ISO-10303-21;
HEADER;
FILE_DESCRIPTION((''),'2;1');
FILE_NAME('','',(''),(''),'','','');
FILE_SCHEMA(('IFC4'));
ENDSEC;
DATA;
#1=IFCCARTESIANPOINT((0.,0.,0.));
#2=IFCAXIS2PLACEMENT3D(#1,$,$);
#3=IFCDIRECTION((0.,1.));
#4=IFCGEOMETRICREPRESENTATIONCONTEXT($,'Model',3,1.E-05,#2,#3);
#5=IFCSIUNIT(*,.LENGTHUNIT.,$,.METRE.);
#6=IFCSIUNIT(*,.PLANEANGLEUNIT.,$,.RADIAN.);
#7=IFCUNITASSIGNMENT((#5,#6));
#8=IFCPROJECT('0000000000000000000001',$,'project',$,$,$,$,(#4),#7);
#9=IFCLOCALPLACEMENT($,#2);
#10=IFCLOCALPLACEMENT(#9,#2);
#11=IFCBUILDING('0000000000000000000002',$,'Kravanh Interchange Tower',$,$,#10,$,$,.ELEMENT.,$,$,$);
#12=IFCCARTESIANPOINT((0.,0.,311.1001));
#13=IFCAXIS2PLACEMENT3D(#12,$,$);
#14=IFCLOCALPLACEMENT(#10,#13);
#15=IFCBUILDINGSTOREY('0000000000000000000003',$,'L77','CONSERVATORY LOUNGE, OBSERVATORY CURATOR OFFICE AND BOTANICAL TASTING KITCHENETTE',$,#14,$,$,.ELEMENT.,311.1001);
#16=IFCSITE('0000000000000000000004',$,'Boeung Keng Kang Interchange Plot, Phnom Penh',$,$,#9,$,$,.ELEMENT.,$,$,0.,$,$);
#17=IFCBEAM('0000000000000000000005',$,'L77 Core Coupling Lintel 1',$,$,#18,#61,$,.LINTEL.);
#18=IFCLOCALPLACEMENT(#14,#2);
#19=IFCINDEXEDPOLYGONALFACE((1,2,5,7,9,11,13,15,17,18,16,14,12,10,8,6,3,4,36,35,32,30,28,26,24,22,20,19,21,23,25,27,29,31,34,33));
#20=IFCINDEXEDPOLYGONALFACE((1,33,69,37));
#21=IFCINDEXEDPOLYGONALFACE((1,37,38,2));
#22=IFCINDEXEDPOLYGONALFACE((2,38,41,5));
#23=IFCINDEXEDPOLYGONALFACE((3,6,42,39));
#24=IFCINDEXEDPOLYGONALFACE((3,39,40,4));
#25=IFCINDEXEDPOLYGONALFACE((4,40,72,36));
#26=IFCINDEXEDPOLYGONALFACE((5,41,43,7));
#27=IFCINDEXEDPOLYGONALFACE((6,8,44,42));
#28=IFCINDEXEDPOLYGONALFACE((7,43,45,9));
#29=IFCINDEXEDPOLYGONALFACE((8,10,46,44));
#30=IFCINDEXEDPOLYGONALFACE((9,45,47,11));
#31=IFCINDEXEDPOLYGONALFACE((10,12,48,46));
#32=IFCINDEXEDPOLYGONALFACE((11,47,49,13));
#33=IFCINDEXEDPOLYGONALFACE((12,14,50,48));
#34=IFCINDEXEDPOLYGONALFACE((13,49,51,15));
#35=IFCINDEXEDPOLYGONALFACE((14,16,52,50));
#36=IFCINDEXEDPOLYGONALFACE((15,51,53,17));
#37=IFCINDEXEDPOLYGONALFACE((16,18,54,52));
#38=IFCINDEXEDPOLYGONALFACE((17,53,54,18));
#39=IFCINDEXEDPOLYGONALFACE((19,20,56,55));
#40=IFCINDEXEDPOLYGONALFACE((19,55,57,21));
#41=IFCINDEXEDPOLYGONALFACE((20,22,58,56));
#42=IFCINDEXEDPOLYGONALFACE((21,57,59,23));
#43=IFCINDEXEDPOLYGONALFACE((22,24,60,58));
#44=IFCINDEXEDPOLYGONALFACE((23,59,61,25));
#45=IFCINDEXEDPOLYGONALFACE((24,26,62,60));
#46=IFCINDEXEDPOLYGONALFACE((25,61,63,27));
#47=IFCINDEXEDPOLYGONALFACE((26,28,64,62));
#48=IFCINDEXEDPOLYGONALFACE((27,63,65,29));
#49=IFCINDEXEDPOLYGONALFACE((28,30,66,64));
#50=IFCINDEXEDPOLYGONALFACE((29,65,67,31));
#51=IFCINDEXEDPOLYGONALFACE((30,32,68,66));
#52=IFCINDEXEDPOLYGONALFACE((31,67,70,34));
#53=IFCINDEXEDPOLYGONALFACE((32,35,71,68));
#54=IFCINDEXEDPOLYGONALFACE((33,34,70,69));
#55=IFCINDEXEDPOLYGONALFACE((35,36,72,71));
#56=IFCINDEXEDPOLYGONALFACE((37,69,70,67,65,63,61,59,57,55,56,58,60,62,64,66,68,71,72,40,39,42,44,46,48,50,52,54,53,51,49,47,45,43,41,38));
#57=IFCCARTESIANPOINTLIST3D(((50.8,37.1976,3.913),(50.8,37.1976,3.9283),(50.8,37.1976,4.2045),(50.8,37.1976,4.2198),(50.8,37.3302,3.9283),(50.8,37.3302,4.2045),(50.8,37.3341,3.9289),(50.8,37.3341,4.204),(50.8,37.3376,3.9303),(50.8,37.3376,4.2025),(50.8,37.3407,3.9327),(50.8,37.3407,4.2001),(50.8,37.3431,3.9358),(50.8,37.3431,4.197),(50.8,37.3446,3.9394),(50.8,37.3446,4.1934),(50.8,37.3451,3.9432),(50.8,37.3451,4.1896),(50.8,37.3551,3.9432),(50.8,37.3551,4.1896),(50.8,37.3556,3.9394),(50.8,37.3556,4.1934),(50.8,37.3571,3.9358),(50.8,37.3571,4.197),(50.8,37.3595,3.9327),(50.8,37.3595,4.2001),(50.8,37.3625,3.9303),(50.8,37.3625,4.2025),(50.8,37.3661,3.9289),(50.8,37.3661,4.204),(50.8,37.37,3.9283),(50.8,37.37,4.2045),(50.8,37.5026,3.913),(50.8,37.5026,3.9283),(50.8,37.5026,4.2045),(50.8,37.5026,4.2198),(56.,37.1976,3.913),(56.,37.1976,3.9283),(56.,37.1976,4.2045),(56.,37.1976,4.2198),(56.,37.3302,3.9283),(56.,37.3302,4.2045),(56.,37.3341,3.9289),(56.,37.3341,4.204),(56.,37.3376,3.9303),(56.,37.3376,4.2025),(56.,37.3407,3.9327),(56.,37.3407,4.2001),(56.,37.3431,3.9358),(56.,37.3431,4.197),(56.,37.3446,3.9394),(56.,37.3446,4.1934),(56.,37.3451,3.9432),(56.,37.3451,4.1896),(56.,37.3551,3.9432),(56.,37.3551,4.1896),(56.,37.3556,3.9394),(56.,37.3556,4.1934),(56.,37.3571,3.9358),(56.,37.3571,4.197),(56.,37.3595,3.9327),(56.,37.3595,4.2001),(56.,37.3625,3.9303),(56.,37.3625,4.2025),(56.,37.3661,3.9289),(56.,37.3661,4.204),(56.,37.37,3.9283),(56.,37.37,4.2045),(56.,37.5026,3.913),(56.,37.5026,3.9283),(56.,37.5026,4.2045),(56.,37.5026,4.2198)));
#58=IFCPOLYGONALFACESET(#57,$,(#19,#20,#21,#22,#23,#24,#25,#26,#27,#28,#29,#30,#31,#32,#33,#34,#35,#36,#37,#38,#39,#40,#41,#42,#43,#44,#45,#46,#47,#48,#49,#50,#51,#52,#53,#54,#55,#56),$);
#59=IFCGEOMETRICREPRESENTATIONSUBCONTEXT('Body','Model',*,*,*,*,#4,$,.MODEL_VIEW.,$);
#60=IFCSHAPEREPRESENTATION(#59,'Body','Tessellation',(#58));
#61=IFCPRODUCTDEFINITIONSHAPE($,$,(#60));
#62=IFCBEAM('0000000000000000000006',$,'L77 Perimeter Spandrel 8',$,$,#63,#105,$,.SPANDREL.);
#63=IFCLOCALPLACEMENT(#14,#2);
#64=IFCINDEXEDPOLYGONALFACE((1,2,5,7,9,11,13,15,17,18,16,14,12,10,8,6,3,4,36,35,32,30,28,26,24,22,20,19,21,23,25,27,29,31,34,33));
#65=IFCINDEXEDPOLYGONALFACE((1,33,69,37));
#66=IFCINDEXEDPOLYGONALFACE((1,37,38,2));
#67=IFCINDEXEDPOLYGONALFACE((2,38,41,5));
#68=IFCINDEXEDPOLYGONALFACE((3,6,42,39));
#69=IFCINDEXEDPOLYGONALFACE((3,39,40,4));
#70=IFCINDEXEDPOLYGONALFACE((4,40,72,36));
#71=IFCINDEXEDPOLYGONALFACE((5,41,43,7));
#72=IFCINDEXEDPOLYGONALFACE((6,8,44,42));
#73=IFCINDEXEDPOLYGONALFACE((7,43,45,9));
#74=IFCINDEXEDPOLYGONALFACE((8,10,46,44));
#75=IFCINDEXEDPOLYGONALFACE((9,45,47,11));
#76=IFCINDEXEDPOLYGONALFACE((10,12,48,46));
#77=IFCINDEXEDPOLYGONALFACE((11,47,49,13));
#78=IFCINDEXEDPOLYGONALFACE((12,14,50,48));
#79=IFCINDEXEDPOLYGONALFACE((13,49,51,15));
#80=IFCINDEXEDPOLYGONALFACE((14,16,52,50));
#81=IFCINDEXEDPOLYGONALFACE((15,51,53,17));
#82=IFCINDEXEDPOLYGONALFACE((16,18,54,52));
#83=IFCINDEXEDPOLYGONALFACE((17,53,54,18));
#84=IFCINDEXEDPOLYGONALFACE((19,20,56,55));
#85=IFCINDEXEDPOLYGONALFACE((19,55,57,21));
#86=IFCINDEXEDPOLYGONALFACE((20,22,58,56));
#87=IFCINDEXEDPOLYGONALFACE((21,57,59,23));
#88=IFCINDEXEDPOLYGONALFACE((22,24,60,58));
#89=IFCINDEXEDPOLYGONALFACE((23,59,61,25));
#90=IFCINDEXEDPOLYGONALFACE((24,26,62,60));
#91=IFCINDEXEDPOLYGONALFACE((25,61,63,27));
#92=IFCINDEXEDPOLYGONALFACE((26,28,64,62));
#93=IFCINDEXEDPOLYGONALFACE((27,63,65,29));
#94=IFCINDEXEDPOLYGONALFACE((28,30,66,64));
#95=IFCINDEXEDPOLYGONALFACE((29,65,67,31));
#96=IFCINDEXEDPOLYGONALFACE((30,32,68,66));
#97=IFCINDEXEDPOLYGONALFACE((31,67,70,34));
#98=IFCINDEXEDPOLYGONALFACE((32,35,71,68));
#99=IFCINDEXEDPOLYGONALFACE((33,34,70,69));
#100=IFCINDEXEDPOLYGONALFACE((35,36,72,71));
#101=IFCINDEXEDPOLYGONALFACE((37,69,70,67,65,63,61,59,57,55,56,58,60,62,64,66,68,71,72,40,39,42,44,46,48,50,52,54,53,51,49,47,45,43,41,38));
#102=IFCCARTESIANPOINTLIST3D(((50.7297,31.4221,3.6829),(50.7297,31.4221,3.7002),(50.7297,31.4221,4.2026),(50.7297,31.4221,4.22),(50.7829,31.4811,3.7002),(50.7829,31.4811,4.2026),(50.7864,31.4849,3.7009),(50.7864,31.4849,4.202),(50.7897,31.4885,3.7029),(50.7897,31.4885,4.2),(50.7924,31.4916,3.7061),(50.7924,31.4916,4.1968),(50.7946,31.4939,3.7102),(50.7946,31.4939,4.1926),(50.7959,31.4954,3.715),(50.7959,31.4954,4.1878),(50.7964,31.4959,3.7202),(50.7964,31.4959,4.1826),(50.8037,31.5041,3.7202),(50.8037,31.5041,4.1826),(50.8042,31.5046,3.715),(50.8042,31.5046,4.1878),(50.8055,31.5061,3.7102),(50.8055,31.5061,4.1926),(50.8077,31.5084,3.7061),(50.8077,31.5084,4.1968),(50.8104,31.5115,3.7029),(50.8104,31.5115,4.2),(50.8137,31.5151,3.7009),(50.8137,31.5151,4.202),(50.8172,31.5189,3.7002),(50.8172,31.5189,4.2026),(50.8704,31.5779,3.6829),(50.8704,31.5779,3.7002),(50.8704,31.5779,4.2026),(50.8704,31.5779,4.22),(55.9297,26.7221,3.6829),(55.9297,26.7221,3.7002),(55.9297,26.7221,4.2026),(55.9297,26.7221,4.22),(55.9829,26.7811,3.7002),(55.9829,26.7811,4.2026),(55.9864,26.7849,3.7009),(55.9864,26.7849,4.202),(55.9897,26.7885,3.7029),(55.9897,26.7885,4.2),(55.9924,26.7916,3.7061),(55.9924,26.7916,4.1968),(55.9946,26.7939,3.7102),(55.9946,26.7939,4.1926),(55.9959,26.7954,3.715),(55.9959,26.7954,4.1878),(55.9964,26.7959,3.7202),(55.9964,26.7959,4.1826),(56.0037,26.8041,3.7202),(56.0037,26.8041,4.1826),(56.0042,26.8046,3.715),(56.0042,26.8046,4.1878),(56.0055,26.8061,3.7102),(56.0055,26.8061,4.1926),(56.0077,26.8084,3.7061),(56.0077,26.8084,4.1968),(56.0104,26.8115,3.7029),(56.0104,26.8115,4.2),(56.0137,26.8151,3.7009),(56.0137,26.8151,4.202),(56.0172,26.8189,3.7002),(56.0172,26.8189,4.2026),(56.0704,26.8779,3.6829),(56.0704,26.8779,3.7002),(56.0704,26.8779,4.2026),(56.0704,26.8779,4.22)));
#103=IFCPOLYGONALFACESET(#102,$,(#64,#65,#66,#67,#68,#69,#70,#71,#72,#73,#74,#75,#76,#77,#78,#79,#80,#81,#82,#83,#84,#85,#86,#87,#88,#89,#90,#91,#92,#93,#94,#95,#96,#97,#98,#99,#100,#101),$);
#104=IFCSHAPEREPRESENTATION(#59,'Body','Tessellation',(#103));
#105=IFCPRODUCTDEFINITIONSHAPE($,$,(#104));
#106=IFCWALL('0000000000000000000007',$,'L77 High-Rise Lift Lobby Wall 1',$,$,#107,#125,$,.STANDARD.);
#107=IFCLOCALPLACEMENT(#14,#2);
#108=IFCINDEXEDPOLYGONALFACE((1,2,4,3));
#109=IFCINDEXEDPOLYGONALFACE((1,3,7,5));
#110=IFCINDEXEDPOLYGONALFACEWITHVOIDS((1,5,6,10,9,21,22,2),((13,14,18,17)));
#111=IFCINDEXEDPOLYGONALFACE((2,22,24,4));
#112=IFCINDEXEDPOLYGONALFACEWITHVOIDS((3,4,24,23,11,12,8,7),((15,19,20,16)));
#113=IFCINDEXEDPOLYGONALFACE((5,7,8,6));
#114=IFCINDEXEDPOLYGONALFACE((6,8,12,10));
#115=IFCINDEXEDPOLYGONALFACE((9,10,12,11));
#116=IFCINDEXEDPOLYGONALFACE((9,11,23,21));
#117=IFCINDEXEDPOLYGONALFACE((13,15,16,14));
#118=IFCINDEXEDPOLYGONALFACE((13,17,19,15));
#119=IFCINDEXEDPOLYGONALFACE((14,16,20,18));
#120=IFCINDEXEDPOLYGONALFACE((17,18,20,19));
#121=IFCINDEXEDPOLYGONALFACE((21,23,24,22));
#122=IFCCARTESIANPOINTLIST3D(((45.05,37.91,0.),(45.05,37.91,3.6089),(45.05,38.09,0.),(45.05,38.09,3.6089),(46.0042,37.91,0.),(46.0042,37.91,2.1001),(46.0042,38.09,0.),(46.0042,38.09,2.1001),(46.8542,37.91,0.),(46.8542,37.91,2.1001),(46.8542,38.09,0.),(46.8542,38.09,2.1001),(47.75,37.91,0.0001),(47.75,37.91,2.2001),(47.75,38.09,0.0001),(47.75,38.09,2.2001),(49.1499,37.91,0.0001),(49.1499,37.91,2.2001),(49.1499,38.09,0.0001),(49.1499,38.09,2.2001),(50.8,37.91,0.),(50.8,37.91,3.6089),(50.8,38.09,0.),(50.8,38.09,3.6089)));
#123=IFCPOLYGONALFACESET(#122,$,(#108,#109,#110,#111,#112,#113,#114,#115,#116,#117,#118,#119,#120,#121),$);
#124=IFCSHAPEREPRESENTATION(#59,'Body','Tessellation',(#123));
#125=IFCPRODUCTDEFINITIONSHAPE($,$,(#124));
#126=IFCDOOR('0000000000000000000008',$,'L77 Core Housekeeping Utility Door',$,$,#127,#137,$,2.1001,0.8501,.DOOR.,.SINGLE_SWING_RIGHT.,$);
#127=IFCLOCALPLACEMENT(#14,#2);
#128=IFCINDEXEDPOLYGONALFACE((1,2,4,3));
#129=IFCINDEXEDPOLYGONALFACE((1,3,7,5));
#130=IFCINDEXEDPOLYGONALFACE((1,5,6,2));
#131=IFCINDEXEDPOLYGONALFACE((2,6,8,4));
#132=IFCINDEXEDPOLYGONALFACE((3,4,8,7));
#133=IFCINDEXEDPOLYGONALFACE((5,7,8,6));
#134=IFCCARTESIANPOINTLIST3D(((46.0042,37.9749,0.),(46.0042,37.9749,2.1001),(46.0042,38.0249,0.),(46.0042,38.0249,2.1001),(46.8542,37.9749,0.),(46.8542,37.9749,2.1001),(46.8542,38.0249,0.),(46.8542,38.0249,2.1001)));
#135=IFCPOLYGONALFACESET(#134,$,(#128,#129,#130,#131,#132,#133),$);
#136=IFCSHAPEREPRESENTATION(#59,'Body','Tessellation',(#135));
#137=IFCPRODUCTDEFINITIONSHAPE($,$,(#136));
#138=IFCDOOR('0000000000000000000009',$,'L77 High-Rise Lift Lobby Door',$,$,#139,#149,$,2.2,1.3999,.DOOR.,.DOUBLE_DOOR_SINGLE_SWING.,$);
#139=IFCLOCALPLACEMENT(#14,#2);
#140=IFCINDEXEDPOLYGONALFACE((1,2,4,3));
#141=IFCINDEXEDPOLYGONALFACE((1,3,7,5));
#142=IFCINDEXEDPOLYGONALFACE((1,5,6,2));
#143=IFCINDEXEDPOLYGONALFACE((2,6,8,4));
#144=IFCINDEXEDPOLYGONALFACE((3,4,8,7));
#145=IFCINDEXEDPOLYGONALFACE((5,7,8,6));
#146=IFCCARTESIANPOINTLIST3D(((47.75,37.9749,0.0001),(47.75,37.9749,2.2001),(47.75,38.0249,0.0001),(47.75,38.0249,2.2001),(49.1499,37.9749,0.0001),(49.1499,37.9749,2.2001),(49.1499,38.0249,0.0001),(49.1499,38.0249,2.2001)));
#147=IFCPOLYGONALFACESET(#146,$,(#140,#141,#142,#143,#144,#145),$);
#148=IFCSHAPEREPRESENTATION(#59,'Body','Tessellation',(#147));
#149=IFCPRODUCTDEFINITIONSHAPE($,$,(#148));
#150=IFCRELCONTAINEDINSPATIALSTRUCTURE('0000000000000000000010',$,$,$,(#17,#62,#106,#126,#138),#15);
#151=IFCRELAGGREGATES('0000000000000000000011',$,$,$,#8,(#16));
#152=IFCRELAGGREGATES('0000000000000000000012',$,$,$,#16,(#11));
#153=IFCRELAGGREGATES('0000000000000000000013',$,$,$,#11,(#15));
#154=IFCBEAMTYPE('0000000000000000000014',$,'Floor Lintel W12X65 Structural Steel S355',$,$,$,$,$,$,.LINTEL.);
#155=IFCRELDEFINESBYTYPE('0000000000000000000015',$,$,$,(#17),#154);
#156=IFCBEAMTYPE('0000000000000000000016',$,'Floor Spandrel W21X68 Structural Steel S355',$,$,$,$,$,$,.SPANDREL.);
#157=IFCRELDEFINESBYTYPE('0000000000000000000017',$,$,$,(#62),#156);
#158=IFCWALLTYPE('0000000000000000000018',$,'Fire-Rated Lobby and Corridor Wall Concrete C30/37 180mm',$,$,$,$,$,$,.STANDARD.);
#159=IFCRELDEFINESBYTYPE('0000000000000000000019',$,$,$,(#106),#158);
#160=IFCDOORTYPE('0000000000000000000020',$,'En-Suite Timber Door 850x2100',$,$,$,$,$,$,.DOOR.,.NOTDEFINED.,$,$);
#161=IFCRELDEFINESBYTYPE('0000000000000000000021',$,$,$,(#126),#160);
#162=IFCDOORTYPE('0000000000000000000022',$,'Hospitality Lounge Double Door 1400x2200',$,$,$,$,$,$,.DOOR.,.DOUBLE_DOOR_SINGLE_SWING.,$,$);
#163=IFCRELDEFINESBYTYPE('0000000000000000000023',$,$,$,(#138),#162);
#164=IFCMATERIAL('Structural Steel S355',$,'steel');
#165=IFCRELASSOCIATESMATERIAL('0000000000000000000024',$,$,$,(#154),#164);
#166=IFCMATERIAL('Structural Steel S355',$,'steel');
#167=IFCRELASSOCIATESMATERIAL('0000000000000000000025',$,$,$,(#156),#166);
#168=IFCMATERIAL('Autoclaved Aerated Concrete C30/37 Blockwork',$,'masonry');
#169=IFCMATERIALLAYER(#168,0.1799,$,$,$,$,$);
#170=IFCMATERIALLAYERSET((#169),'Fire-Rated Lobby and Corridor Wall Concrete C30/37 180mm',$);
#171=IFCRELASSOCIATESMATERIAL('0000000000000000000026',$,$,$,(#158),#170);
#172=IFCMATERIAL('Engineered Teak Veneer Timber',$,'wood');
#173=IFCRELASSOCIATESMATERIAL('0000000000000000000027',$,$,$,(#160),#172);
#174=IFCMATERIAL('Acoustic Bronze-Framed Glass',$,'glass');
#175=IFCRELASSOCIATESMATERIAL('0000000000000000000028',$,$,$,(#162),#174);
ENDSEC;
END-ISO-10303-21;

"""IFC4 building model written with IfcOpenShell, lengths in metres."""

from ifc_helpers import new_model, si_unit, direction, frame, frame_2d, origin, origin_2d, place, context, subcontext, project, spatial, rectangle, i_section, extrude, material, layer, layer_set, material_profile, profile_set, type_object, element, fill, save


model = new_model("IFC4")

# Units and contexts
model_context = context("Model", 3, precision=1e-05, world=origin(), true_north=direction((0.0, 1.0)))
body_context = subcontext(model_context, "Body", "Model", "MODEL_VIEW")
ifc_project = project(units=[si_unit("LENGTHUNIT", "METRE"), si_unit("PLANEANGLEUNIT", "RADIAN")], contexts=[model_context])

# Site, building, storey
site_placement = place(None, origin())
site = spatial("IfcSite", under=ifc_project, at=site_placement, Name="Boeung Keng Kang Interchange Plot, Phnom Penh", CompositionType="ELEMENT", RefElevation=0.0)
building_placement = place(site_placement, origin())
building = spatial("IfcBuilding", under=site, at=building_placement, Name="Kravanh Interchange Tower", CompositionType="ELEMENT")
storey_placement = place(building_placement, frame((0.0, 0.0, 311.1001)))
storey = spatial("IfcBuildingStorey", under=building, at=storey_placement, Name="L77", Description="CONSERVATORY LOUNGE, OBSERVATORY CURATOR OFFICE AND BOTANICAL TASTING KITCHENETTE", CompositionType="ELEMENT", Elevation=311.1001)

# Beams
ifc_material_1 = material(Name="Structural Steel S355", Category="steel")
ifc_material_profile_1 = material_profile(ifc_material_1, i_section(OverallWidth=0.3049, OverallDepth=0.3069, WebThickness=0.01, FlangeThickness=0.0154, FilletRadius=0.0149, at=origin_2d()), Name="W12X65")
ifc_profile_set_1 = profile_set([ifc_material_profile_1], Name="Structural Steel S355")
beam_type_1 = type_object("IfcBeamType", Name="Floor Lintel W12X65 Structural Steel S355", PredefinedType="LINTEL", material=ifc_profile_set_1)
beam_1_placement = place(storey_placement, frame((50.8, 37.3501, 4.0664), z_axis=(1.0, 0.0, 0.0), x_axis=(0.0, 1.0, 0.0)))
element("IfcBeam", 1, at=beam_1_placement, inside=storey, type_object=beam_type_1, Name="L77 Core Coupling Lintel 1", PredefinedType="LINTEL", context=body_context, shape_type="SweptSolid", body=[
    extrude(i_section(OverallWidth=0.3049, OverallDepth=0.3069, WebThickness=0.01, FlangeThickness=0.0154, FilletRadius=0.0149, at=origin_2d()), origin(), (0.0, 0.0, 1.0), 5.2),
])
ifc_material_2 = material(Name="Structural Steel S355", Category="steel")
ifc_material_profile_2 = material_profile(ifc_material_2, i_section(OverallWidth=0.21, OverallDepth=0.5371, WebThickness=0.011, FlangeThickness=0.0173, FilletRadius=0.02, at=origin_2d()), Name="W21X68")
ifc_profile_set_2 = profile_set([ifc_material_profile_2], Name="Structural Steel S355")
beam_type_2 = type_object("IfcBeamType", Name="Floor Spandrel W21X68 Structural Steel S355", PredefinedType="SPANDREL", material=ifc_profile_set_2)
beam_2_placement = place(storey_placement, frame((50.8, 31.5, 3.9514), z_axis=(0.741874, -0.670539, 0.0), x_axis=(0.670539, 0.741874, 0.0)))
element("IfcBeam", 2, at=beam_2_placement, inside=storey, type_object=beam_type_2, Name="L77 Perimeter Spandrel 8", PredefinedType="SPANDREL", context=body_context, shape_type="SweptSolid", body=[
    extrude(i_section(OverallWidth=0.21, OverallDepth=0.5371, WebThickness=0.011, FlangeThickness=0.0173, FilletRadius=0.02, at=origin_2d()), origin(), (0.0, 0.0, 1.0), 7.0093),
])

# Wall, openings, doors
ifc_material_3 = material(Name="Autoclaved Aerated Concrete C30/37 Blockwork", Category="masonry")
ifc_layer = layer(ifc_material_3, 0.1799)
ifc_layer_set = layer_set([ifc_layer], Name="Fire-Rated Lobby and Corridor Wall Concrete C30/37 180mm")
wall_type = type_object("IfcWallType", Name="Fire-Rated Lobby and Corridor Wall Concrete C30/37 180mm", PredefinedType="STANDARD", material=ifc_layer_set)
wall_placement = place(storey_placement, frame((45.05, 38.0, 0.0), z_axis=(0.0, 0.0, 1.0), x_axis=(1.0, 0.0, 0.0)))
wall = element("IfcWall", 3, at=wall_placement, inside=storey, type_object=wall_type, Name="L77 High-Rise Lift Lobby Wall 1", PredefinedType="STANDARD", context=body_context, shape_type="SweptSolid", body=[
    extrude(rectangle(XDim=5.75, YDim=0.1799, at=frame_2d((2.875, 0.0))), origin(), (0.0, 0.0, 1.0), 3.6089),
])
opening_1_placement = place(wall_placement, frame((0.9541, 0.0, 0.0)))
opening_1 = element("IfcOpeningElement", 4, at=opening_1_placement, cuts=wall, PredefinedType="OPENING", context=body_context, shape_type="SweptSolid", body=[
    extrude(rectangle(XDim=0.8501, YDim=2.1001, at=frame_2d((0.425, 1.05))), frame((0.0, 0.1001, 0.0), z_axis=(0.0, -1.0, 0.0), x_axis=(1.0, 0.0, 0.0)), (0.0, 0.0, 1.0), 0.2),
])
opening_2_placement = place(wall_placement, frame((2.7, 0.0, 0.0)))
opening_2 = element("IfcOpeningElement", 5, at=opening_2_placement, cuts=wall, PredefinedType="OPENING", context=body_context, shape_type="SweptSolid", body=[
    extrude(rectangle(XDim=1.3999, YDim=2.2, at=frame_2d((0.7, 1.1001))), frame((0.0, 0.1001, 0.0), z_axis=(0.0, -1.0, 0.0), x_axis=(1.0, 0.0, 0.0)), (0.0, 0.0, 1.0), 0.2),
])
ifc_material_4 = material(Name="Engineered Teak Veneer Timber", Category="wood")
door_type_1 = type_object("IfcDoorType", Name="En-Suite Timber Door 850x2100", OperationType="NOTDEFINED", PredefinedType="DOOR", material=ifc_material_4)
door_1_placement = place(opening_1_placement, origin())
door_1 = element("IfcDoor", 6, at=door_1_placement, inside=storey, type_object=door_type_1, Name="L77 Core Housekeeping Utility Door", OperationType="SINGLE_SWING_RIGHT", OverallHeight=2.1001, OverallWidth=0.8501, PredefinedType="DOOR", context=body_context, shape_type="SweptSolid", body=[
    extrude(rectangle(XDim=0.8501, YDim=2.1001, at=frame_2d((0.425, 1.05))), frame((0.0, 0.0249, 0.0), z_axis=(0.0, -1.0, 0.0), x_axis=(1.0, 0.0, 0.0)), (0.0, 0.0, 1.0), 0.05),
])
fill(opening_1, door_1)
ifc_material_5 = material(Name="Acoustic Bronze-Framed Glass", Category="glass")
door_type_2 = type_object("IfcDoorType", Name="Hospitality Lounge Double Door 1400x2200", OperationType="DOUBLE_DOOR_SINGLE_SWING", PredefinedType="DOOR", material=ifc_material_5)
door_2_placement = place(opening_2_placement, origin())
door_2 = element("IfcDoor", 7, at=door_2_placement, inside=storey, type_object=door_type_2, Name="L77 High-Rise Lift Lobby Door", OperationType="DOUBLE_DOOR_SINGLE_SWING", OverallHeight=2.2, OverallWidth=1.3999, PredefinedType="DOOR", context=body_context, shape_type="SweptSolid", body=[
    extrude(rectangle(XDim=1.3999, YDim=2.2, at=frame_2d((0.7, 1.1001))), frame((0.0, 0.0249, 0.0), z_axis=(0.0, -1.0, 0.0), x_axis=(1.0, 0.0, 0.0)), (0.0, 0.0, 1.0), 0.05),
])
fill(opening_2, door_2)

save(model, "model.ifc")
